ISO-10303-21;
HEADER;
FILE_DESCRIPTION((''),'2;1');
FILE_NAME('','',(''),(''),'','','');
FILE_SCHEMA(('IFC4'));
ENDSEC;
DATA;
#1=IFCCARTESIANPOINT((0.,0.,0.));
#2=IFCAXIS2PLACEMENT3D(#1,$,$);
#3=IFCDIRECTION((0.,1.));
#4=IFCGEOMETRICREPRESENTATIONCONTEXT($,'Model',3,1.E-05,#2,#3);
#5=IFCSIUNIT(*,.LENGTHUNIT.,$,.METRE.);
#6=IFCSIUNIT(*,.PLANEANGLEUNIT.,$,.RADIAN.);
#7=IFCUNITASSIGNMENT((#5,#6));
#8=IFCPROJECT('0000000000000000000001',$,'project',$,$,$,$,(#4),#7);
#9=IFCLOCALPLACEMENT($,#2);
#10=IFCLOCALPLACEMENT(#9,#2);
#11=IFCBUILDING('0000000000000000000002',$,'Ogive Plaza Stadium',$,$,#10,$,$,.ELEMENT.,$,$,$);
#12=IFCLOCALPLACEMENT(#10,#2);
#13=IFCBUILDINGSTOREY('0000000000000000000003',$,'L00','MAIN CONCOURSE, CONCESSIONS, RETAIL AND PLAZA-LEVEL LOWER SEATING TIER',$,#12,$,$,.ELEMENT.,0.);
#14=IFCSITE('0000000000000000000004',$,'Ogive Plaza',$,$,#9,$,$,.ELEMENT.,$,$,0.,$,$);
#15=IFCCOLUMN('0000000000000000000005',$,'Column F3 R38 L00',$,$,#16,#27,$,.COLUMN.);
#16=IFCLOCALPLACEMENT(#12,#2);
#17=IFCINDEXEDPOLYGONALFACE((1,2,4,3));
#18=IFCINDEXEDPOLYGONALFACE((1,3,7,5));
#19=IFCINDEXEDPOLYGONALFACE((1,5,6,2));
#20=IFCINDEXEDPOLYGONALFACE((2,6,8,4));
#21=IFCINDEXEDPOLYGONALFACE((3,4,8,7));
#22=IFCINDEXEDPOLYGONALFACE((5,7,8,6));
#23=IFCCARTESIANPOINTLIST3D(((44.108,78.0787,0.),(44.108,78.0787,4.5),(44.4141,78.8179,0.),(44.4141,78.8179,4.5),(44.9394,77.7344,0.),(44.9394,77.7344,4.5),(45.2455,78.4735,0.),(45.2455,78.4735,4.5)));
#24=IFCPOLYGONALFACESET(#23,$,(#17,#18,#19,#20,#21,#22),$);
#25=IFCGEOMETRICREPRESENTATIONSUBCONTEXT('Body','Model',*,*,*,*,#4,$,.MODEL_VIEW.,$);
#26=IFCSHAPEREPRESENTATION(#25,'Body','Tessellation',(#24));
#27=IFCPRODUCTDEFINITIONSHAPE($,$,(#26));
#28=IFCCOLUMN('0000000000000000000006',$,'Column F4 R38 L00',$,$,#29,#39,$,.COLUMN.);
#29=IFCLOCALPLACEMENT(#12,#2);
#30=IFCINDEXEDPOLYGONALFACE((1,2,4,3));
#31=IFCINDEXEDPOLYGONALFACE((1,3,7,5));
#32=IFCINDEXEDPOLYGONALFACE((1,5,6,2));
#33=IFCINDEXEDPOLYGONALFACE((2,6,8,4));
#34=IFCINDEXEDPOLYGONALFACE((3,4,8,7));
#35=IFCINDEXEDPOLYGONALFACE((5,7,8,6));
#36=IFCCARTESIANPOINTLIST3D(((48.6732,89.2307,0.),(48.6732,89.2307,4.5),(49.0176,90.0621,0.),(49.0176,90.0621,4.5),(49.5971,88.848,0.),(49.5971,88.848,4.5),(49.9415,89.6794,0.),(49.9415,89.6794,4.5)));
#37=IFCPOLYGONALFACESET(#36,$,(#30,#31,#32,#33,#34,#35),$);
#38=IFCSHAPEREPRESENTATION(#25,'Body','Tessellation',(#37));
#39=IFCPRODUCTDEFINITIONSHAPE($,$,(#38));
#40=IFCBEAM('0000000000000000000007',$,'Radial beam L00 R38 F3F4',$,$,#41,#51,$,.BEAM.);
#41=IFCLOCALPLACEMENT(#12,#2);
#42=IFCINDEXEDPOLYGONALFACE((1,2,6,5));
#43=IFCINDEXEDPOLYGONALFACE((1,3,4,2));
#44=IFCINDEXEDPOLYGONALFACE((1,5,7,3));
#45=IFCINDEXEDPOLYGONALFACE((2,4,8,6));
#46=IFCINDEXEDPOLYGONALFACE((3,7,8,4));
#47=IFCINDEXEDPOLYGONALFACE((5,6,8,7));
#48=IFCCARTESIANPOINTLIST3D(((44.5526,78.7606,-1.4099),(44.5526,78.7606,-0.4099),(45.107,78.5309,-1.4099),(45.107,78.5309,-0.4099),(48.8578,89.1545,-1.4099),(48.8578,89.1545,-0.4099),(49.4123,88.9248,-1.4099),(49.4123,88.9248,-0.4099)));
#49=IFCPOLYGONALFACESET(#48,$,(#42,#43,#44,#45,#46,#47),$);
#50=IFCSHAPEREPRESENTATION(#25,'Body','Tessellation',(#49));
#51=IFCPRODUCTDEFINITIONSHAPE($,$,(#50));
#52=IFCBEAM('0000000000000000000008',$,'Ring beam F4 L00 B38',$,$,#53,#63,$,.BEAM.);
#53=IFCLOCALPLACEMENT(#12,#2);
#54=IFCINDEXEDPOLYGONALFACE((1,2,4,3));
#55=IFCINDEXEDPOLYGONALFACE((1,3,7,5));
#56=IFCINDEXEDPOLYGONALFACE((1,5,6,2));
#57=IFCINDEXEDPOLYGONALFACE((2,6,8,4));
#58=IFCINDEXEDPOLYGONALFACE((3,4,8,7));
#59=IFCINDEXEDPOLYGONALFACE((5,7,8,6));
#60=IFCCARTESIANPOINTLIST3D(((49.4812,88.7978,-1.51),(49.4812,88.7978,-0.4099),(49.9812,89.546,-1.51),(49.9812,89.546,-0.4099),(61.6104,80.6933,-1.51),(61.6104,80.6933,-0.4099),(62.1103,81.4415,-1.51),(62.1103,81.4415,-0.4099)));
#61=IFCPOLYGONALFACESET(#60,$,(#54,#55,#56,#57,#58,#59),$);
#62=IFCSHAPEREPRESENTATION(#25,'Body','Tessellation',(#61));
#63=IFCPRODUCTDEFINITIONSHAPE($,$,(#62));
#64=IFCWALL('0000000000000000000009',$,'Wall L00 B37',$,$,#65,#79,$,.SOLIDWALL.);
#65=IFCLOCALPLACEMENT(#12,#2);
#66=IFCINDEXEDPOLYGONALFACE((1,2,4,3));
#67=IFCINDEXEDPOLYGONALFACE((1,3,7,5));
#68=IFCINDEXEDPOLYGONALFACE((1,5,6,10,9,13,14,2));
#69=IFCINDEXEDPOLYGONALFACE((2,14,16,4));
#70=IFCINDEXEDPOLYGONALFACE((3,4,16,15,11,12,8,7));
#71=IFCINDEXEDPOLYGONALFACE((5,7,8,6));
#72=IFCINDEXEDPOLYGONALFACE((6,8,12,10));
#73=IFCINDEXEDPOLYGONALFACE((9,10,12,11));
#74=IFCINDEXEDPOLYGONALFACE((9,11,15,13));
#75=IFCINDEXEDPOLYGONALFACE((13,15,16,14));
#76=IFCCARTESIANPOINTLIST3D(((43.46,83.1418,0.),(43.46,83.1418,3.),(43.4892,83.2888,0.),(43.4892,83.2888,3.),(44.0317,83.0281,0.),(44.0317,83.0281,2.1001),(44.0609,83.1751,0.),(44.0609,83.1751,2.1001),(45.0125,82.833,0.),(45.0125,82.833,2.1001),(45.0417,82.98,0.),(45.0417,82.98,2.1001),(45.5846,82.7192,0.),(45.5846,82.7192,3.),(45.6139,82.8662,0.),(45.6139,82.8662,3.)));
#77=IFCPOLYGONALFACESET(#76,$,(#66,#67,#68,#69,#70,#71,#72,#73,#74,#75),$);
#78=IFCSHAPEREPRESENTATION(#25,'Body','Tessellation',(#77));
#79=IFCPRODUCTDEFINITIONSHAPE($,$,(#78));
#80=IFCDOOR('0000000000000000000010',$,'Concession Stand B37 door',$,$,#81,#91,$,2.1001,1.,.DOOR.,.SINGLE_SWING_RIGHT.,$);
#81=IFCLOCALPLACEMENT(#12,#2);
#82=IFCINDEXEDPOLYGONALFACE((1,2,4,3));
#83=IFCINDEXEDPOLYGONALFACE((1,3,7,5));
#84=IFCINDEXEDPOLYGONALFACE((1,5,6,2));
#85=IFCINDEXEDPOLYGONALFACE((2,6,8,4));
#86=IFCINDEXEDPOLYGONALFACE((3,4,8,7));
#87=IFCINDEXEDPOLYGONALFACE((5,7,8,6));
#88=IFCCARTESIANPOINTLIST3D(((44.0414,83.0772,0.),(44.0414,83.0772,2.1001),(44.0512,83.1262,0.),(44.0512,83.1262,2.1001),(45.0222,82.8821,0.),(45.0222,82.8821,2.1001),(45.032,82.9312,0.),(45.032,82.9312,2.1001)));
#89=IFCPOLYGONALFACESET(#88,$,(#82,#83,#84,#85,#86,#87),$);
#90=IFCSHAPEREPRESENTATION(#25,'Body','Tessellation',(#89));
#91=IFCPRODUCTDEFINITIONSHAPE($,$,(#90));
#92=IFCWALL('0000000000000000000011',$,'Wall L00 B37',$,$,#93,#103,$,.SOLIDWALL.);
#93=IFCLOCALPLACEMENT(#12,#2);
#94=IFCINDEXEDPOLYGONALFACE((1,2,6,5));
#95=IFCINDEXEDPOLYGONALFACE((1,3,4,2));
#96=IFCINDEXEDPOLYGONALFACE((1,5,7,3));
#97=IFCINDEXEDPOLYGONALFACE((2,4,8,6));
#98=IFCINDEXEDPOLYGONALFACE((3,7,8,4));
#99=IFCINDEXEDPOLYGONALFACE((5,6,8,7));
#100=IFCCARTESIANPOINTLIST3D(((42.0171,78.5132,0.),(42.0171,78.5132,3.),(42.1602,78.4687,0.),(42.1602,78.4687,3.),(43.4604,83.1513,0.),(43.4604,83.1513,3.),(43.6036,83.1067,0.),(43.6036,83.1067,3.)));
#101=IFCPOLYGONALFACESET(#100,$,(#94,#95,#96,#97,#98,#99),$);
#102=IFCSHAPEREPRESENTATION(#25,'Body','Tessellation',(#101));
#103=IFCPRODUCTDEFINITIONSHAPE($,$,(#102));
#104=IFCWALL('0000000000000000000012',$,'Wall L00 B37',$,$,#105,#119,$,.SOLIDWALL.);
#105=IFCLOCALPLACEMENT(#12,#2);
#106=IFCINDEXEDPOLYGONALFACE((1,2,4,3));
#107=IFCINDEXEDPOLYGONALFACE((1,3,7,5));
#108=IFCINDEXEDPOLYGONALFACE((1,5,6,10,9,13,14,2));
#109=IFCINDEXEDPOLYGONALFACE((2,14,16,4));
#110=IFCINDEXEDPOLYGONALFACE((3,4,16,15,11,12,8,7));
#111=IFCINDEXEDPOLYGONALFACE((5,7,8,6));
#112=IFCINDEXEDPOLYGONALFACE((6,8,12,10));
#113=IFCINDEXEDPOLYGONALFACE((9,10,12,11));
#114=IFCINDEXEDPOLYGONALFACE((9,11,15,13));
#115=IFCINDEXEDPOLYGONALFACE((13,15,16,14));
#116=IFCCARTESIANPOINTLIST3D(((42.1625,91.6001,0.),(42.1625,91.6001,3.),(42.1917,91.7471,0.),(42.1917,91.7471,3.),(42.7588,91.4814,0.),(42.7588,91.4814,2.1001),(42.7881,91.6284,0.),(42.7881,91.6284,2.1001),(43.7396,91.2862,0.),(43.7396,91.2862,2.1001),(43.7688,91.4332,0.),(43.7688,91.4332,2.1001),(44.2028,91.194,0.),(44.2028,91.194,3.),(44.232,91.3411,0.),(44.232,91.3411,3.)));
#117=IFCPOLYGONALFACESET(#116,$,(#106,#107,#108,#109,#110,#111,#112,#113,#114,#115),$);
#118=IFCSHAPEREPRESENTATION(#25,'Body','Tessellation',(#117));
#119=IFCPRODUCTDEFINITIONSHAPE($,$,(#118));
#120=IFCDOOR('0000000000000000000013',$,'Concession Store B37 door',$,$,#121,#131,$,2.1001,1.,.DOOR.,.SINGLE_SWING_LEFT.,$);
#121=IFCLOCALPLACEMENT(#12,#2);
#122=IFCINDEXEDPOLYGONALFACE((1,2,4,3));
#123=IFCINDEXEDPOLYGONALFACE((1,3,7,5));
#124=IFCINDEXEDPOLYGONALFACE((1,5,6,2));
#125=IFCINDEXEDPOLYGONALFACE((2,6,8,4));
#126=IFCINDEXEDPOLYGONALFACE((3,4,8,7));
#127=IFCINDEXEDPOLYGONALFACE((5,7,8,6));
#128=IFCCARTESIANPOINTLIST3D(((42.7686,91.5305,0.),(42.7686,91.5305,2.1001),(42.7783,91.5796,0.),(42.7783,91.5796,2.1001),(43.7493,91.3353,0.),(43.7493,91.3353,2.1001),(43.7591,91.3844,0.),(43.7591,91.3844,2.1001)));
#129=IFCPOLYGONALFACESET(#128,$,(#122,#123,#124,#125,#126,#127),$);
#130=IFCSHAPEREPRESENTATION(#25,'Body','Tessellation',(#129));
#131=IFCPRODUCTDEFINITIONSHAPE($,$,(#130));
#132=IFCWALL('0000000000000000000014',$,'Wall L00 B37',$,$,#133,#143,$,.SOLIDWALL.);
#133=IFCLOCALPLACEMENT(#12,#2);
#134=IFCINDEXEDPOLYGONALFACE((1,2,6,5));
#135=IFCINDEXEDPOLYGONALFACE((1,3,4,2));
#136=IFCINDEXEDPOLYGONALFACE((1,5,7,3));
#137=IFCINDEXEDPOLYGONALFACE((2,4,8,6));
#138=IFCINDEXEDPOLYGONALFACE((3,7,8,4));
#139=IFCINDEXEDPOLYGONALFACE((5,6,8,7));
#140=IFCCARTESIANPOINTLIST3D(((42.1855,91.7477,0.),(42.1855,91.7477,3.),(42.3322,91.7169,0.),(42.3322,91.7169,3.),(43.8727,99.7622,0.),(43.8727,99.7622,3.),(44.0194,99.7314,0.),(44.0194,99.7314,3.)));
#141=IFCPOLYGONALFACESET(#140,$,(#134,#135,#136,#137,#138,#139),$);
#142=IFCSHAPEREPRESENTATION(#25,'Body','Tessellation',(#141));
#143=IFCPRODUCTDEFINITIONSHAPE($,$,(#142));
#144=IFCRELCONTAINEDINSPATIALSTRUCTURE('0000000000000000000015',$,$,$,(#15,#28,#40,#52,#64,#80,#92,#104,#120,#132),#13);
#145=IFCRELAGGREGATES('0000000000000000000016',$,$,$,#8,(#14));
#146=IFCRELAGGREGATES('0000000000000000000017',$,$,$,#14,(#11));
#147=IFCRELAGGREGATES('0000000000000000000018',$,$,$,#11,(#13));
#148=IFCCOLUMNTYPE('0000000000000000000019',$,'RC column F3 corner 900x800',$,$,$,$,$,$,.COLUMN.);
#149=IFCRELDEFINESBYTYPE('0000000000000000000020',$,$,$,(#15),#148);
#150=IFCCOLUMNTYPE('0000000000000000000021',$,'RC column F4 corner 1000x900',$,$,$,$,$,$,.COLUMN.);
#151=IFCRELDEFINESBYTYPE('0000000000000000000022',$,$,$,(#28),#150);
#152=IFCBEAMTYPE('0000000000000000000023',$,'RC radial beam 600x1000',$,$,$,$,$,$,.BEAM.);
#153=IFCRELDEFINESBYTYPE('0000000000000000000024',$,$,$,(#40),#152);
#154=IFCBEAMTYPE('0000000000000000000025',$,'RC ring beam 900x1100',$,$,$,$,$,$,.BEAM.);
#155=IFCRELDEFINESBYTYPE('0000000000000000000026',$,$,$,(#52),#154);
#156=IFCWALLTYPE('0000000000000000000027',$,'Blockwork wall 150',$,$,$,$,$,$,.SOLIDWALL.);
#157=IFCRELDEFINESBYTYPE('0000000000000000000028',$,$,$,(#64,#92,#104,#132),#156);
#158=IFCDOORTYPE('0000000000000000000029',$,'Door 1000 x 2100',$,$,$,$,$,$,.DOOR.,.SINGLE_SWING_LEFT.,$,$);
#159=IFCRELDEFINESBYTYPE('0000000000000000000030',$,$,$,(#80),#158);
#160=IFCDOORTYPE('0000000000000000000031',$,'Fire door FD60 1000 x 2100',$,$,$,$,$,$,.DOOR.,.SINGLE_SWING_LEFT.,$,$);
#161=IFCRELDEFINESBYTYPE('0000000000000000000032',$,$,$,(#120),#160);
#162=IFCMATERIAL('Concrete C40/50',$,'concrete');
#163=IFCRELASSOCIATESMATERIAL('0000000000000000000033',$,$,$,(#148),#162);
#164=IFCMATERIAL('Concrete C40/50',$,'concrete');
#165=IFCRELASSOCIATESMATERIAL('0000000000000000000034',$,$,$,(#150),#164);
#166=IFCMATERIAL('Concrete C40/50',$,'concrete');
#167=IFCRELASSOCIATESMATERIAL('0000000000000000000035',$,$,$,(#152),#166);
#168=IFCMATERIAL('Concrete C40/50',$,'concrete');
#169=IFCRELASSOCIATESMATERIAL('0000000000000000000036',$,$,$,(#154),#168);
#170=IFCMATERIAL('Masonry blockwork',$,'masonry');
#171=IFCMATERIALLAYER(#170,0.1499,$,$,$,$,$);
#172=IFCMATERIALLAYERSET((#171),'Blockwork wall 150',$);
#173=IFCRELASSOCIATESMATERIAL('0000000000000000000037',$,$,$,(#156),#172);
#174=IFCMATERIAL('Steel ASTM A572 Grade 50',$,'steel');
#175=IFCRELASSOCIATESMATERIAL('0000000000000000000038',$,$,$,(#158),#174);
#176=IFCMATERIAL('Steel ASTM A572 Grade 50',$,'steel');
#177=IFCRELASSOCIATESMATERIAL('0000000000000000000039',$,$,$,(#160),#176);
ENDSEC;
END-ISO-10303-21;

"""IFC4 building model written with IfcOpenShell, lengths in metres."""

from ifc_helpers import new_model, si_unit, direction, frame, frame_2d, origin, origin_2d, place, context, subcontext, project, spatial, rectangle, extrude, material, layer, layer_set, material_profile, profile_set, type_object, element, fill, save


model = new_model("IFC4")

# Units and contexts
model_context = context("Model", 3, precision=1e-05, world=origin(), true_north=direction((0.0, 1.0)))
body_context = subcontext(model_context, "Body", "Model", "MODEL_VIEW")
ifc_project = project(units=[si_unit("LENGTHUNIT", "METRE"), si_unit("PLANEANGLEUNIT", "RADIAN")], contexts=[model_context])

# Site, building, storey
site_placement = place(None, origin())
site = spatial("IfcSite", under=ifc_project, at=site_placement, Name="Ogive Plaza", CompositionType="ELEMENT", RefElevation=0.0)
building_placement = place(site_placement, origin())
building = spatial("IfcBuilding", under=site, at=building_placement, Name="Ogive Plaza Stadium", CompositionType="ELEMENT")
storey_placement = place(building_placement, origin())
storey = spatial("IfcBuildingStorey", under=building, at=storey_placement, Name="L00", Description="MAIN CONCOURSE, CONCESSIONS, RETAIL AND PLAZA-LEVEL LOWER SEATING TIER", CompositionType="ELEMENT", Elevation=0.0)

# Columns
ifc_material_1 = material(Name="Concrete C40/50", Category="concrete")
ifc_material_profile_1 = material_profile(ifc_material_1, rectangle(XDim=0.8999, YDim=0.8, at=origin_2d()), Name="RC 900x800")
ifc_profile_set_1 = profile_set([ifc_material_profile_1], Name="Concrete C40/50")
column_type_1 = type_object("IfcColumnType", Name="RC column F3 corner 900x800", PredefinedType="COLUMN", material=ifc_profile_set_1)
column_1_placement = place(storey_placement, frame((44.6768, 78.2761, 0.0), z_axis=(0.0, 0.0, 1.0), x_axis=(-0.92388, 0.382683, 0.0)))
element("IfcColumn", 1, at=column_1_placement, inside=storey, type_object=column_type_1, Name="Column F3 R38 L00", PredefinedType="COLUMN", context=body_context, shape_type="SweptSolid", body=[
    extrude(rectangle(XDim=0.8999, YDim=0.8, at=origin_2d()), origin(), (0.0, 0.0, 1.0), 4.5),
])
ifc_material_2 = material(Name="Concrete C40/50", Category="concrete")
ifc_material_profile_2 = material_profile(ifc_material_2, rectangle(XDim=1.0, YDim=0.8999, at=origin_2d()), Name="RC 1000x900")
ifc_profile_set_2 = profile_set([ifc_material_profile_2], Name="Concrete C40/50")
column_type_2 = type_object("IfcColumnType", Name="RC column F4 corner 1000x900", PredefinedType="COLUMN", material=ifc_profile_set_2)
column_2_placement = place(storey_placement, frame((49.3074, 89.4551, 0.0), z_axis=(0.0, 0.0, 1.0), x_axis=(-0.92388, 0.382683, 0.0)))
element("IfcColumn", 2, at=column_2_placement, inside=storey, type_object=column_type_2, Name="Column F4 R38 L00", PredefinedType="COLUMN", context=body_context, shape_type="SweptSolid", body=[
    extrude(rectangle(XDim=1.0, YDim=0.8999, at=origin_2d()), origin(), (0.0, 0.0, 1.0), 4.5),
])

# Beams
ifc_material_3 = material(Name="Concrete C40/50", Category="concrete")
ifc_material_profile_3 = material_profile(ifc_material_3, rectangle(XDim=0.6001, YDim=1.0, at=origin_2d()), Name="RC 600x1000")
ifc_profile_set_3 = profile_set([ifc_material_profile_3], Name="Concrete C40/50")
beam_type_1 = type_object("IfcBeamType", Name="RC radial beam 600x1000", PredefinedType="BEAM", material=ifc_profile_set_3)
beam_1_placement = place(storey_placement, frame((44.8298, 78.6458, -0.9099), z_axis=(0.382678, 0.923882, 0.0), x_axis=(-0.923882, 0.382678, 0.0)))
element("IfcBeam", 3, at=beam_1_placement, inside=storey, type_object=beam_type_1, Name="Radial beam L00 R38 F3F4", PredefinedType="BEAM", context=body_context, shape_type="SweptSolid", body=[
    extrude(rectangle(XDim=0.6001, YDim=1.0, at=origin_2d()), origin(), (0.0, 0.0, 1.0), 11.2502),
])
ifc_material_4 = material(Name="Concrete C40/50", Category="concrete")
ifc_material_profile_4 = material_profile(ifc_material_4, rectangle(XDim=0.8999, YDim=1.1001, at=origin_2d()), Name="RC 900x1100")
ifc_profile_set_4 = profile_set([ifc_material_profile_4], Name="Concrete C40/50")
beam_type_2 = type_object("IfcBeamType", Name="RC ring beam 900x1100", PredefinedType="BEAM", material=ifc_profile_set_4)
beam_2_placement = place(storey_placement, frame((49.7312, 89.1719, -0.96), z_axis=(0.831468, -0.555573, 0.0), x_axis=(0.555573, 0.831468, 0.0)))
element("IfcBeam", 4, at=beam_2_placement, inside=storey, type_object=beam_type_2, Name="Ring beam F4 L00 B38", PredefinedType="BEAM", context=body_context, shape_type="SweptSolid", body=[
    extrude(rectangle(XDim=0.8999, YDim=1.1001, at=origin_2d()), origin(), (0.0, 0.0, 1.0), 14.5876),
])

# Wall, opening, door
ifc_material_5 = material(Name="Masonry blockwork", Category="masonry")
ifc_layer_1 = layer(ifc_material_5, 0.1499)
ifc_layer_set_1 = layer_set([ifc_layer_1], Name="Blockwork wall 150")
wall_type_1 = type_object("IfcWallType", Name="Blockwork wall 150", PredefinedType="SOLIDWALL", material=ifc_layer_set_1)
wall_1_placement = place(storey_placement, frame((45.5991, 82.7927, 0.0), z_axis=(0.0, 0.0, 1.0), x_axis=(-0.980788, 0.195076, 0.0)))
wall_1 = element("IfcWall", 5, at=wall_1_placement, inside=storey, type_object=wall_type_1, Name="Wall L00 B37", PredefinedType="SOLIDWALL", context=body_context, shape_type="SweptSolid", body=[
    extrude(rectangle(XDim=2.1663, YDim=0.1499, at=frame_2d((1.083, 0.0))), origin(), (0.0, 0.0, 1.0), 3.0),
])
opening_1_placement = place(wall_1_placement, frame((0.5833, 0.0, 0.0)))
opening_1 = element("IfcOpeningElement", 6, at=opening_1_placement, cuts=wall_1, PredefinedType="OPENING", context=body_context, shape_type="SweptSolid", body=[
    extrude(rectangle(XDim=1.0, YDim=2.1001, at=frame_2d((0.5, 1.05))), frame((0.0, 0.075, 0.0), z_axis=(0.0, -1.0, 0.0), x_axis=(1.0, 0.0, 0.0)), (0.0, 0.0, 1.0), 0.1499),
])
ifc_material_6 = material(Name="Steel ASTM A572 Grade 50", Category="steel")
door_type_1 = type_object("IfcDoorType", Name="Door 1000 x 2100", OperationType="SINGLE_SWING_LEFT", PredefinedType="DOOR", material=ifc_material_6)
door_1_placement = place(opening_1_placement, origin())
door_1 = element("IfcDoor", 7, at=door_1_placement, inside=storey, type_object=door_type_1, Name="Concession Stand B37 door", OperationType="SINGLE_SWING_RIGHT", OverallHeight=2.1001, OverallWidth=1.0, PredefinedType="DOOR", context=body_context, shape_type="SweptSolid", body=[
    extrude(rectangle(XDim=1.0, YDim=2.1001, at=frame_2d((0.5, 1.05))), frame((0.0, 0.0249, 0.0), z_axis=(0.0, -1.0, 0.0), x_axis=(1.0, 0.0, 0.0)), (0.0, 0.0, 1.0), 0.05),
])
fill(opening_1, door_1)

# Wall
wall_2_placement = place(storey_placement, frame((42.0886, 78.491, 0.0), z_axis=(0.0, 0.0, 1.0), x_axis=(0.29715, 0.954831, 0.0)))
element("IfcWall", 8, at=wall_2_placement, inside=storey, type_object=wall_type_1, Name="Wall L00 B37", PredefinedType="SOLIDWALL", context=body_context, shape_type="SweptSolid", body=[
    extrude(rectangle(XDim=4.8574, YDim=0.1499, at=frame_2d((2.4287, 0.0))), origin(), (0.0, 0.0, 1.0), 3.0),
])

# Wall, opening, door
wall_3_placement = place(storey_placement, frame((44.2173, 91.2676, 0.0), z_axis=(0.0, 0.0, 1.0), x_axis=(-0.98077, 0.195168, 0.0)))
wall_3 = element("IfcWall", 9, at=wall_3_placement, inside=storey, type_object=wall_type_1, Name="Wall L00 B37", PredefinedType="SOLIDWALL", context=body_context, shape_type="SweptSolid", body=[
    extrude(rectangle(XDim=2.0803, YDim=0.1499, at=frame_2d((1.04, 0.0))), origin(), (0.0, 0.0, 1.0), 3.0),
])
opening_2_placement = place(wall_3_placement, frame((0.4722, 0.0, 0.0)))
opening_2 = element("IfcOpeningElement", 10, at=opening_2_placement, cuts=wall_3, PredefinedType="OPENING", context=body_context, shape_type="SweptSolid", body=[
    extrude(rectangle(XDim=1.0, YDim=2.1001, at=frame_2d((0.5, 1.05))), frame((0.0, 0.075, 0.0), z_axis=(0.0, -1.0, 0.0), x_axis=(1.0, 0.0, 0.0)), (0.0, 0.0, 1.0), 0.1499),
])
ifc_material_7 = material(Name="Steel ASTM A572 Grade 50", Category="steel")
door_type_2 = type_object("IfcDoorType", Name="Fire door FD60 1000 x 2100", OperationType="SINGLE_SWING_LEFT", PredefinedType="DOOR", material=ifc_material_7)
door_2_placement = place(opening_2_placement, origin())
door_2 = element("IfcDoor", 11, at=door_2_placement, inside=storey, type_object=door_type_2, Name="Concession Store B37 door", OperationType="SINGLE_SWING_LEFT", OverallHeight=2.1001, OverallWidth=1.0, PredefinedType="DOOR", context=body_context, shape_type="SweptSolid", body=[
    extrude(rectangle(XDim=1.0, YDim=2.1001, at=frame_2d((0.5, 1.05))), frame((0.0, 0.0249, 0.0), z_axis=(0.0, -1.0, 0.0), x_axis=(1.0, 0.0, 0.0)), (0.0, 0.0, 1.0), 0.05),
])
fill(opening_2, door_2)

# Wall
wall_4_placement = place(storey_placement, frame((42.2588, 91.7322, 0.0), z_axis=(0.0, 0.0, 1.0), x_axis=(0.206012, 0.978549, 0.0)))
element("IfcWall", 12, at=wall_4_placement, inside=storey, type_object=wall_type_1, Name="Wall L00 B37", PredefinedType="SOLIDWALL", context=body_context, shape_type="SweptSolid", body=[
    extrude(rectangle(XDim=8.1902, YDim=0.1499, at=frame_2d((4.0952, 0.0))), origin(), (0.0, 0.0, 1.0), 3.0),
])

save(model, "model.ifc")
